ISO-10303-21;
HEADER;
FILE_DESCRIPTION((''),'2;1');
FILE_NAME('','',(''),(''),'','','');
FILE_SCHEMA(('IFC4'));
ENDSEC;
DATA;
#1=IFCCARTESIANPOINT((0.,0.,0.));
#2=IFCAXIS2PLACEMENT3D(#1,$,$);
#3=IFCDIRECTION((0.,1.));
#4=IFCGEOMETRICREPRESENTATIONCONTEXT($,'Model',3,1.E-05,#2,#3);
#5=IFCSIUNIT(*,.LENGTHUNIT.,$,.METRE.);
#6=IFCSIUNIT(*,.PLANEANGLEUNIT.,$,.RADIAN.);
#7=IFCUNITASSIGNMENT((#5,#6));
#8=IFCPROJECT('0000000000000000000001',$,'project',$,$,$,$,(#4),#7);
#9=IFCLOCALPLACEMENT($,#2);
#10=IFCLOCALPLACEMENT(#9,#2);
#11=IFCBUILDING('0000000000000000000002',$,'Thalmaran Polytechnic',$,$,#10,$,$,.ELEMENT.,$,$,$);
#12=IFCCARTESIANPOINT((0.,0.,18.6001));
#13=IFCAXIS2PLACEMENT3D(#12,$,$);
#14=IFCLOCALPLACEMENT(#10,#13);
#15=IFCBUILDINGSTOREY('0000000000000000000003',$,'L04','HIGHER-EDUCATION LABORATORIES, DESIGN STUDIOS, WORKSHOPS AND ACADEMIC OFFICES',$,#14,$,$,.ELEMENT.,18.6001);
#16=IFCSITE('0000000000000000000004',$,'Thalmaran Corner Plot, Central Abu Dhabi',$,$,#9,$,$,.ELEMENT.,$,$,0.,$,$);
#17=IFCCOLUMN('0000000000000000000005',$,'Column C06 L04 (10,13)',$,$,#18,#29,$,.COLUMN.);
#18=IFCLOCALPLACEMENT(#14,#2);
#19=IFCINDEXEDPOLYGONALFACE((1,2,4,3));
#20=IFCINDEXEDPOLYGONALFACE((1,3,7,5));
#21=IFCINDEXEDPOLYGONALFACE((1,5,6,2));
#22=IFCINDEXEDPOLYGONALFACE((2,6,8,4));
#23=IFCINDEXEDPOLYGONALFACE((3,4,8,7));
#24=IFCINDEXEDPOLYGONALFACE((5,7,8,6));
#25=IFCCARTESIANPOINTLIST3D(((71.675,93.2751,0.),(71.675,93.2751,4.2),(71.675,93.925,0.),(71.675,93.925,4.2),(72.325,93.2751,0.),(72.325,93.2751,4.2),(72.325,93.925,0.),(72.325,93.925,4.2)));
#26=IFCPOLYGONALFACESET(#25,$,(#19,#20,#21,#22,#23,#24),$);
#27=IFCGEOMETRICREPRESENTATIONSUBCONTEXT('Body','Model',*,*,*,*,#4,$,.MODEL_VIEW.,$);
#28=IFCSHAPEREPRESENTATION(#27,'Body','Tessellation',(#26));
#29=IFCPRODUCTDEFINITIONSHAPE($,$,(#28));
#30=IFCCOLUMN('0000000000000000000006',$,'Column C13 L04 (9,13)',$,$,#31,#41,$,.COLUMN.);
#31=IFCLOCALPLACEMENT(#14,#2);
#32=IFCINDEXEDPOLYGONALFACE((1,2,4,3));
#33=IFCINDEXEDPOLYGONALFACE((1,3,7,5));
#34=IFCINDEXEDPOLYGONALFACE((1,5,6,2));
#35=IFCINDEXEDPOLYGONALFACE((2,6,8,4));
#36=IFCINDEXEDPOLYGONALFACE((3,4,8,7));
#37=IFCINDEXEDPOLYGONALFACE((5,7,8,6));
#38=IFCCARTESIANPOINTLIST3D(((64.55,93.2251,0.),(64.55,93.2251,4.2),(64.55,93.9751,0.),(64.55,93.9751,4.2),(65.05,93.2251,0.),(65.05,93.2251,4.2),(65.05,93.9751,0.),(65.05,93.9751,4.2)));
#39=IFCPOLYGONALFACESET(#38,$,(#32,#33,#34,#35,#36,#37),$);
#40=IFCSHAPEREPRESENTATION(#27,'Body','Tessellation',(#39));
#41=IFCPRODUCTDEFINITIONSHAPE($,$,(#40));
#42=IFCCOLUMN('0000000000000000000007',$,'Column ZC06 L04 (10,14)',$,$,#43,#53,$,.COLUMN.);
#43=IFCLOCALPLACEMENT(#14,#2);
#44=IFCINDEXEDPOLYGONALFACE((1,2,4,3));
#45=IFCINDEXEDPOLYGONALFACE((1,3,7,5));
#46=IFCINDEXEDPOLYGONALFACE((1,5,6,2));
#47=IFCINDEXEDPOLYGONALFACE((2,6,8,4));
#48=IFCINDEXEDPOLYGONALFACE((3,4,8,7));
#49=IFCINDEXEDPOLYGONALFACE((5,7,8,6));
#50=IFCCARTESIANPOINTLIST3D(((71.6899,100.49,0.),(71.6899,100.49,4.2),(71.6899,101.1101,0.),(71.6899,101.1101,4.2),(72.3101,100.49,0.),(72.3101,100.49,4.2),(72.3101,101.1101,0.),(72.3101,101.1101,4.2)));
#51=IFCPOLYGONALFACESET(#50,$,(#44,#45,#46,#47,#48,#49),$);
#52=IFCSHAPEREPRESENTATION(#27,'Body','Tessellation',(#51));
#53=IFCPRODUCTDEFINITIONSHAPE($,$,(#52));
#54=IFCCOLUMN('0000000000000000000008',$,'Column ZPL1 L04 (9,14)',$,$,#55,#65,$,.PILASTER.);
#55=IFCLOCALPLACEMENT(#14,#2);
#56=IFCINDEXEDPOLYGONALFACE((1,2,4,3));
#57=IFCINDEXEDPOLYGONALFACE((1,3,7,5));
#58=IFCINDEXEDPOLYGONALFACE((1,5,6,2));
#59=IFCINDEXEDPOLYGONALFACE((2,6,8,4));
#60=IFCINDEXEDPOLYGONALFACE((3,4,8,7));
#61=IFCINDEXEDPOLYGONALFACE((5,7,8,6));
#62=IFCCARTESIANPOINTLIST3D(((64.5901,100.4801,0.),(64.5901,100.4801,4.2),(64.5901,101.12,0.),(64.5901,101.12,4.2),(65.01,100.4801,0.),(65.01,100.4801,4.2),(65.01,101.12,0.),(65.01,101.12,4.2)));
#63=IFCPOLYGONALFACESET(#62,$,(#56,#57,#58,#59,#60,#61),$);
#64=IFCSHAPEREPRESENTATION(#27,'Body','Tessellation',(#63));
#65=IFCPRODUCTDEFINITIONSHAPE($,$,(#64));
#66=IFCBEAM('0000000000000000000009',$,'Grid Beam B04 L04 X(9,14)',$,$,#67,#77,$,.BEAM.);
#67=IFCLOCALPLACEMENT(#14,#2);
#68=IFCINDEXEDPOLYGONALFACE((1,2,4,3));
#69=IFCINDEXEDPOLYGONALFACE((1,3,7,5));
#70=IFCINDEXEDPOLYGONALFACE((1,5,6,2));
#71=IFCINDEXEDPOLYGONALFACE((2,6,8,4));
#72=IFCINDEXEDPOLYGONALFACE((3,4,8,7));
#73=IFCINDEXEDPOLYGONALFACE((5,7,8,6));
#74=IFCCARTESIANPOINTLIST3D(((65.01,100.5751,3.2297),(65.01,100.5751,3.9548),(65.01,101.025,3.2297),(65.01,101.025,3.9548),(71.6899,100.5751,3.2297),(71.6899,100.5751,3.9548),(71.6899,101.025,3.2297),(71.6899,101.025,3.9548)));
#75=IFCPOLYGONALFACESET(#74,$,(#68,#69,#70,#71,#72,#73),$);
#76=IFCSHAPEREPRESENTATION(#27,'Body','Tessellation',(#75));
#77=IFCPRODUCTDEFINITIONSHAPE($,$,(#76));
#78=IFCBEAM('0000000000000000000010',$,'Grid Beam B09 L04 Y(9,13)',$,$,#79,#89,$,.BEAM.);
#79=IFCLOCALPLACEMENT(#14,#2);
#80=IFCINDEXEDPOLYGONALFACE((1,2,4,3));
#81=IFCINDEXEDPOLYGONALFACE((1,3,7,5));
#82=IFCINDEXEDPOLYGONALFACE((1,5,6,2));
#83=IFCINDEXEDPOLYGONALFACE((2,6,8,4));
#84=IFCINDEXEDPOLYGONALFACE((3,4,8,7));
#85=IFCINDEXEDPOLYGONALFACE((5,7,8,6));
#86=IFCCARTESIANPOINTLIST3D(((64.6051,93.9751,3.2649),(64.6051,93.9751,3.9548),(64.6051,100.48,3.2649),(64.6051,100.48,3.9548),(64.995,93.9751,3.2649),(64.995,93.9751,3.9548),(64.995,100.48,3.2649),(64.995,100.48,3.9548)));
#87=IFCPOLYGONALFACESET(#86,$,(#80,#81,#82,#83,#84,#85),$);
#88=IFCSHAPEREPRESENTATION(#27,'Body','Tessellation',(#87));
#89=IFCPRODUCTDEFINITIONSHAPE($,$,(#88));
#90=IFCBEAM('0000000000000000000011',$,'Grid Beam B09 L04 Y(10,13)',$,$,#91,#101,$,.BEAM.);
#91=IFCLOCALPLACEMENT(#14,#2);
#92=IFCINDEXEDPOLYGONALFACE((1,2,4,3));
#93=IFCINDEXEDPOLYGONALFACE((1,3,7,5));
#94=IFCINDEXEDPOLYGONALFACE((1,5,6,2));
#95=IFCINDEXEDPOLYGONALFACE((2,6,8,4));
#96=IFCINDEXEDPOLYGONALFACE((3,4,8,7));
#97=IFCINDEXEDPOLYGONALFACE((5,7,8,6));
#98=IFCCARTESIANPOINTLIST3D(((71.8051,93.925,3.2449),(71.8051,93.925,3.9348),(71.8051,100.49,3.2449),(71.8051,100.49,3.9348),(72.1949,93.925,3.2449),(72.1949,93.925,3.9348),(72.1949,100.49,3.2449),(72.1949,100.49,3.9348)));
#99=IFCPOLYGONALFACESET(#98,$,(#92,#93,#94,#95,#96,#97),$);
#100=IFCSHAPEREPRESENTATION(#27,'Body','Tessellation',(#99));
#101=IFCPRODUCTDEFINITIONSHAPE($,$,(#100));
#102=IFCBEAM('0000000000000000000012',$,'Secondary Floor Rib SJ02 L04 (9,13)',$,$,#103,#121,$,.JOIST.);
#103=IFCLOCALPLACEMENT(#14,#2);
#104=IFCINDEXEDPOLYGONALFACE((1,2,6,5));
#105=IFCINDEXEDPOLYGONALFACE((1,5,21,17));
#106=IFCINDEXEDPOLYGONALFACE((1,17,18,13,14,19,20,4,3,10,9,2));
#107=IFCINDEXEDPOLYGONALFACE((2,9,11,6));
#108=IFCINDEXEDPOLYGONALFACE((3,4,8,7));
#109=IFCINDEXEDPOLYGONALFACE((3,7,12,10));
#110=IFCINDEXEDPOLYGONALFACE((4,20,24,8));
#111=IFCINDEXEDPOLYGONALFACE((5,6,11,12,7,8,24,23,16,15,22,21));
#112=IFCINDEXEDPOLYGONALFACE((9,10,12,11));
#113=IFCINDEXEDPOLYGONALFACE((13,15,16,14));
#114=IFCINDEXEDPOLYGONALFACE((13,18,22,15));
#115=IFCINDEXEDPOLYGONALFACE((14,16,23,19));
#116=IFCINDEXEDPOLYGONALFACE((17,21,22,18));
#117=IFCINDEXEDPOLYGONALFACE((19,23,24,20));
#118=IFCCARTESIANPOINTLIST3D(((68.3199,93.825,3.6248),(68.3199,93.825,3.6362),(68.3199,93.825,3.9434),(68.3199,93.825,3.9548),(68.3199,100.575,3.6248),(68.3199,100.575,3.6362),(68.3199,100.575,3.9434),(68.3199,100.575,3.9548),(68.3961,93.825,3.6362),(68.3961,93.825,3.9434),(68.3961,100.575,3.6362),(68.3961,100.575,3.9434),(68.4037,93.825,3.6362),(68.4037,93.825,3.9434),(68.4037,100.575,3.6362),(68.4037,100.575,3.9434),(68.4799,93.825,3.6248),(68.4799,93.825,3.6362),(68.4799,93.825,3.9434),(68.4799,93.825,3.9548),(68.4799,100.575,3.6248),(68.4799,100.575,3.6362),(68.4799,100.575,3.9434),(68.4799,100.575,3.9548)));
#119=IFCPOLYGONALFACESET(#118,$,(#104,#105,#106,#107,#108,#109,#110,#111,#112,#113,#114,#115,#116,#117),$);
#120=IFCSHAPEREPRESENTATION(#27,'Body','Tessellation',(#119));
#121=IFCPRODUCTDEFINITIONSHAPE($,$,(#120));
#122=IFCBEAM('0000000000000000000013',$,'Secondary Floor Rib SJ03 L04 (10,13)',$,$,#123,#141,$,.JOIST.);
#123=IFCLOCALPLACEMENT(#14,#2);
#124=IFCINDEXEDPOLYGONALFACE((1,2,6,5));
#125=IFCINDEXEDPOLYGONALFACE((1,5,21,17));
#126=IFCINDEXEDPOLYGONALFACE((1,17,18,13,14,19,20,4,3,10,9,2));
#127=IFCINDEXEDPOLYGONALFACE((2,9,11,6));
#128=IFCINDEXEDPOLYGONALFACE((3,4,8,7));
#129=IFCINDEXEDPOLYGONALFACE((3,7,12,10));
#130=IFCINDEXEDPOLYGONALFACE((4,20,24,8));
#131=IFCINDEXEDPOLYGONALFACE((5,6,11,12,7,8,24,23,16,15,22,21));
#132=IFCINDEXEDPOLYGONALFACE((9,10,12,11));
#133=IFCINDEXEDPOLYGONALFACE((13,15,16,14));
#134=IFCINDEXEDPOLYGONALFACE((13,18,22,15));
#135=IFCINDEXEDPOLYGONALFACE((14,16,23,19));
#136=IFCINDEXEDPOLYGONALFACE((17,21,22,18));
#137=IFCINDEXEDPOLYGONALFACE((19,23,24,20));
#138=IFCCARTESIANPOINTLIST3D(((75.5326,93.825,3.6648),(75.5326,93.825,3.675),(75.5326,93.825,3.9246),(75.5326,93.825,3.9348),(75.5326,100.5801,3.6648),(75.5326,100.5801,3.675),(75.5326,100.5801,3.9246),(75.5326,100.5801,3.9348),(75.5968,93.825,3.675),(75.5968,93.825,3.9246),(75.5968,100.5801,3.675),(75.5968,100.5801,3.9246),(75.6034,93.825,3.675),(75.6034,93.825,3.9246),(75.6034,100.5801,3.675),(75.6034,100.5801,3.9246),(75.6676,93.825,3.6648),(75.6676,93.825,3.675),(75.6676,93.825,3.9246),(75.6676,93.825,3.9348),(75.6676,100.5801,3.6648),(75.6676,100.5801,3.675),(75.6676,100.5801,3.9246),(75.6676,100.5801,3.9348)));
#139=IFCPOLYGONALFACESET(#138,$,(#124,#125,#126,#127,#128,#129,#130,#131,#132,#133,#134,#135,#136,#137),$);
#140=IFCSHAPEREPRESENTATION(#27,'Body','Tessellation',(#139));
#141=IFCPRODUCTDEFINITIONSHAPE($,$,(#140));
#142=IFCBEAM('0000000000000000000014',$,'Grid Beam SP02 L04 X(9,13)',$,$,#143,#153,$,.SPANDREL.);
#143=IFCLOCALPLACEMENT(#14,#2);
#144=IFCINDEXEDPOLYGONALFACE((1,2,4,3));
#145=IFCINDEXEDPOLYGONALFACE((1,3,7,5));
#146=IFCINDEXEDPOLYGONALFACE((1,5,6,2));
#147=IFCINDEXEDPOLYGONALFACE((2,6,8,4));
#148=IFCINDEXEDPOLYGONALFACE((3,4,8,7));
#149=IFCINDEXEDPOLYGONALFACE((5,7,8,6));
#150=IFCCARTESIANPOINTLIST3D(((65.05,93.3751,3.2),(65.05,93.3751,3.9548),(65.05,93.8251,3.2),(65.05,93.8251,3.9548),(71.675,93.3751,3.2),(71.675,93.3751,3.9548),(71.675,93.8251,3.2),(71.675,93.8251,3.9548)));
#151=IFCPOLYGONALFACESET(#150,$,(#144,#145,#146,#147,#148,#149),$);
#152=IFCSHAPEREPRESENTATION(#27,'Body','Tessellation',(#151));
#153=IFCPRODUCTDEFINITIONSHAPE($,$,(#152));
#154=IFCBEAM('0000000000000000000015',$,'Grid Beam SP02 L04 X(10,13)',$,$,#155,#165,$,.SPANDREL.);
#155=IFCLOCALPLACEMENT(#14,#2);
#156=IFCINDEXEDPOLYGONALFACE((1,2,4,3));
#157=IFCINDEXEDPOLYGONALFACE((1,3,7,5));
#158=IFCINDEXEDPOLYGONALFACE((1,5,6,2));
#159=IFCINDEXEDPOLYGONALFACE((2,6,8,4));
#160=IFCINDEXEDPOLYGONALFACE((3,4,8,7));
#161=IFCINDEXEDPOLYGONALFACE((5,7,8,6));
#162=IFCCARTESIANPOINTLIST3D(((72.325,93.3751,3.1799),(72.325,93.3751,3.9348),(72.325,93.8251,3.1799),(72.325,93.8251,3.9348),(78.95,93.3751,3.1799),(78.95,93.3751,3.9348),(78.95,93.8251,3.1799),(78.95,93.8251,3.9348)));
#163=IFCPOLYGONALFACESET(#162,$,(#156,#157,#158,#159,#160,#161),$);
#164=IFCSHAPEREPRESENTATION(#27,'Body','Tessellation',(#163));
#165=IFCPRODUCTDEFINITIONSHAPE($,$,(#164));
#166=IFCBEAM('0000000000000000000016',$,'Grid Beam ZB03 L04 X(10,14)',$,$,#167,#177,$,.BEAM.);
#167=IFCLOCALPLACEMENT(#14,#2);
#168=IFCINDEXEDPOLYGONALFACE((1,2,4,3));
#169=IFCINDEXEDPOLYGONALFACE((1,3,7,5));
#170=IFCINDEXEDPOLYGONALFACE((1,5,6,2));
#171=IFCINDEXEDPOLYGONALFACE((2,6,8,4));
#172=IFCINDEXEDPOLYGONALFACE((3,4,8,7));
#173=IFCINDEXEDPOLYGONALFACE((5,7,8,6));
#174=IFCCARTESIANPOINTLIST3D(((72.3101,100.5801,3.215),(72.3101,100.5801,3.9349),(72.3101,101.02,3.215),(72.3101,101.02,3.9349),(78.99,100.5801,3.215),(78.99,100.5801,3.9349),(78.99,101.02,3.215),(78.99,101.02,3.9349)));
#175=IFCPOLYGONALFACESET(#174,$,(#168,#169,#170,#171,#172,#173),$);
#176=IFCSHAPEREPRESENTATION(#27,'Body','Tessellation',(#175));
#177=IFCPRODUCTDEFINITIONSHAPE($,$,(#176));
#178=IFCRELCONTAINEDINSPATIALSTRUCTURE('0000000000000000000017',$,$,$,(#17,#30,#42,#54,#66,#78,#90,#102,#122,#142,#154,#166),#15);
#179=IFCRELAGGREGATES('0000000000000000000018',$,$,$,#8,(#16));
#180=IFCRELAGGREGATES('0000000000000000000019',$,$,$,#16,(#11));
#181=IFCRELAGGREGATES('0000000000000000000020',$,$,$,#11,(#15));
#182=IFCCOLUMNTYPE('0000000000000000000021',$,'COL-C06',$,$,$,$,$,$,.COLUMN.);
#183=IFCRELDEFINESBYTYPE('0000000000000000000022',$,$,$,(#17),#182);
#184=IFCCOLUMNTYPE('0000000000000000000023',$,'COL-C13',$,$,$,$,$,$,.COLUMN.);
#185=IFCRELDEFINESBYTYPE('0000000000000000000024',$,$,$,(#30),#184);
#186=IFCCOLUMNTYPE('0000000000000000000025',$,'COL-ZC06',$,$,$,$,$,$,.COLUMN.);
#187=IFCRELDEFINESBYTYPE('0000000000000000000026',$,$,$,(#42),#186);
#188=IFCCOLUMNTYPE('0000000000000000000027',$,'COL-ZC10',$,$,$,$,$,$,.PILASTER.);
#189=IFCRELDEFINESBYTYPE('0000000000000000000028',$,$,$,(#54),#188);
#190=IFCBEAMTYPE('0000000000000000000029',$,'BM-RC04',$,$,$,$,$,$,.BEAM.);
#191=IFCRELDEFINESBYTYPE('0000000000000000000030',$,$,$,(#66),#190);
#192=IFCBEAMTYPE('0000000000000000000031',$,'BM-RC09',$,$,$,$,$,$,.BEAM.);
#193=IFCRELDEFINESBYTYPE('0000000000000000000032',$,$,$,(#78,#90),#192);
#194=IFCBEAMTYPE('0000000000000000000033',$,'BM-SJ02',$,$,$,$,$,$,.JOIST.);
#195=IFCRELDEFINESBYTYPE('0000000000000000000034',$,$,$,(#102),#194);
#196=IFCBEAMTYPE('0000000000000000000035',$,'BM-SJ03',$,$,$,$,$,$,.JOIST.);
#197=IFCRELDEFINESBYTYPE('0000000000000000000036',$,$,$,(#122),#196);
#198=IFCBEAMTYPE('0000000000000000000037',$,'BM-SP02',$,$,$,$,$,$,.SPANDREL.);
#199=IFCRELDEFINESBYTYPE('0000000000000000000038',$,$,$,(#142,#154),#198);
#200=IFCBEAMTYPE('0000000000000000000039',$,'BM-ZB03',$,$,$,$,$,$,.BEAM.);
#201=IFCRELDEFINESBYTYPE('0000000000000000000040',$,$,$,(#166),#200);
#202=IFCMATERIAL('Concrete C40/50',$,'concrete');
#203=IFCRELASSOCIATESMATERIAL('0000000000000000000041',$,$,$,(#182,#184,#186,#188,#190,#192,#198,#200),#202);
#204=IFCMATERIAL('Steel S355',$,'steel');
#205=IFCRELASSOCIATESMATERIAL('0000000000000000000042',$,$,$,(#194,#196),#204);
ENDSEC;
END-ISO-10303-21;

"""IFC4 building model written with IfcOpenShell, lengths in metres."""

from ifc_helpers import new_model, si_unit, direction, frame, origin, origin_2d, place, context, subcontext, project, spatial, rectangle, i_section, extrude, material, material_profile, profile_set, type_object, element, save


model = new_model("IFC4")

# Units and contexts
model_context = context("Model", 3, precision=1e-05, world=origin(), true_north=direction((0.0, 1.0)))
body_context = subcontext(model_context, "Body", "Model", "MODEL_VIEW")
ifc_project = project(units=[si_unit("LENGTHUNIT", "METRE"), si_unit("PLANEANGLEUNIT", "RADIAN")], contexts=[model_context])

# Site, building, storey
site_placement = place(None, origin())
site = spatial("IfcSite", under=ifc_project, at=site_placement, Name="Thalmaran Corner Plot, Central Abu Dhabi", CompositionType="ELEMENT", RefElevation=0.0)
building_placement = place(site_placement, origin())
building = spatial("IfcBuilding", under=site, at=building_placement, Name="Thalmaran Polytechnic", CompositionType="ELEMENT")
storey_placement = place(building_placement, frame((0.0, 0.0, 18.6001)))
storey = spatial("IfcBuildingStorey", under=building, at=storey_placement, Name="L04", Description="HIGHER-EDUCATION LABORATORIES, DESIGN STUDIOS, WORKSHOPS AND ACADEMIC OFFICES", CompositionType="ELEMENT", Elevation=18.6001)

# Columns
ifc_material_1 = material(Name="Concrete C40/50", Category="concrete")
ifc_material_profile_1 = material_profile(ifc_material_1, rectangle(XDim=0.6499, YDim=0.6499, at=origin_2d()), Name="RC 650x650")
ifc_profile_set_1 = profile_set([ifc_material_profile_1], Name="Concrete C40/50")
column_type_1 = type_object("IfcColumnType", Name="COL-C06", PredefinedType="COLUMN", material=ifc_profile_set_1)
column_1_placement = place(storey_placement, frame((72.0, 93.6001, 0.0), z_axis=(0.0, 0.0, 1.0), x_axis=(1.0, 0.0, 0.0)))
element("IfcColumn", 1, at=column_1_placement, inside=storey, type_object=column_type_1, Name="Column C06 L04 (10,13)", PredefinedType="COLUMN", context=body_context, shape_type="SweptSolid", body=[
    extrude(rectangle(XDim=0.6499, YDim=0.6499, at=origin_2d()), origin(), (0.0, 0.0, 1.0), 4.2),
])
ifc_material_profile_2 = material_profile(ifc_material_1, rectangle(XDim=0.5, YDim=0.75, at=origin_2d()), Name="RC 500x750")
ifc_profile_set_2 = profile_set([ifc_material_profile_2], Name="Concrete C40/50")
column_type_2 = type_object("IfcColumnType", Name="COL-C13", PredefinedType="COLUMN", material=ifc_profile_set_2)
column_2_placement = place(storey_placement, frame((64.8, 93.6001, 0.0), z_axis=(0.0, 0.0, 1.0), x_axis=(1.0, 0.0, 0.0)))
element("IfcColumn", 2, at=column_2_placement, inside=storey, type_object=column_type_2, Name="Column C13 L04 (9,13)", PredefinedType="COLUMN", context=body_context, shape_type="SweptSolid", body=[
    extrude(rectangle(XDim=0.5, YDim=0.75, at=origin_2d()), origin(), (0.0, 0.0, 1.0), 4.2),
])
ifc_material_profile_3 = material_profile(ifc_material_1, rectangle(XDim=0.6201, YDim=0.6201, at=origin_2d()), Name="RC 620x620")
ifc_profile_set_3 = profile_set([ifc_material_profile_3], Name="Concrete C40/50")
column_type_3 = type_object("IfcColumnType", Name="COL-ZC06", PredefinedType="COLUMN", material=ifc_profile_set_3)
column_3_placement = place(storey_placement, frame((72.0, 100.8, 0.0), z_axis=(0.0, 0.0, 1.0), x_axis=(1.0, 0.0, 0.0)))
element("IfcColumn", 3, at=column_3_placement, inside=storey, type_object=column_type_3, Name="Column ZC06 L04 (10,14)", PredefinedType="COLUMN", context=body_context, shape_type="SweptSolid", body=[
    extrude(rectangle(XDim=0.6201, YDim=0.6201, at=origin_2d()), origin(), (0.0, 0.0, 1.0), 4.2),
])
ifc_material_profile_4 = material_profile(ifc_material_1, rectangle(XDim=0.4199, YDim=0.6399, at=origin_2d()), Name="RC 420x640")
ifc_profile_set_4 = profile_set([ifc_material_profile_4], Name="Concrete C40/50")
column_type_4 = type_object("IfcColumnType", Name="COL-ZC10", PredefinedType="PILASTER", material=ifc_profile_set_4)
column_4_placement = place(storey_placement, frame((64.8, 100.8, 0.0), z_axis=(0.0, 0.0, 1.0), x_axis=(1.0, 0.0, 0.0)))
element("IfcColumn", 4, at=column_4_placement, inside=storey, type_object=column_type_4, Name="Column ZPL1 L04 (9,14)", PredefinedType="PILASTER", context=body_context, shape_type="SweptSolid", body=[
    extrude(rectangle(XDim=0.4199, YDim=0.6399, at=origin_2d()), origin(), (0.0, 0.0, 1.0), 4.2),
])

# Beams
ifc_material_profile_5 = material_profile(ifc_material_1, rectangle(XDim=0.45, YDim=0.7251, at=origin_2d()), Name="RC 450x725")
ifc_profile_set_5 = profile_set([ifc_material_profile_5], Name="Concrete C40/50")
beam_type_1 = type_object("IfcBeamType", Name="BM-RC04", PredefinedType="BEAM", material=ifc_profile_set_5)
beam_1_placement = place(storey_placement, frame((65.01, 100.8, 3.5923), z_axis=(1.0, 0.0, 0.0), x_axis=(0.0, 1.0, 0.0)))
element("IfcBeam", 5, at=beam_1_placement, inside=storey, type_object=beam_type_1, Name="Grid Beam B04 L04 X(9,14)", PredefinedType="BEAM", context=body_context, shape_type="SweptSolid", body=[
    extrude(rectangle(XDim=0.45, YDim=0.7251, at=origin_2d()), origin(), (0.0, 0.0, 1.0), 6.6799),
])
ifc_material_profile_6 = material_profile(ifc_material_1, rectangle(XDim=0.3899, YDim=0.6899, at=origin_2d()), Name="RC 390x690")
ifc_profile_set_6 = profile_set([ifc_material_profile_6], Name="Concrete C40/50")
beam_type_2 = type_object("IfcBeamType", Name="BM-RC09", PredefinedType="BEAM", material=ifc_profile_set_6)
beam_2_placement = place(storey_placement, frame((64.8, 93.9751, 3.6099), z_axis=(0.0, 1.0, 0.0), x_axis=(-1.0, 0.0, 0.0)))
element("IfcBeam", 6, at=beam_2_placement, inside=storey, type_object=beam_type_2, Name="Grid Beam B09 L04 Y(9,13)", PredefinedType="BEAM", context=body_context, shape_type="SweptSolid", body=[
    extrude(rectangle(XDim=0.3899, YDim=0.6899, at=origin_2d()), origin(), (0.0, 0.0, 1.0), 6.5049),
])
beam_3_placement = place(storey_placement, frame((72.0, 93.925, 3.5898), z_axis=(0.0, 1.0, 0.0), x_axis=(-1.0, 0.0, 0.0)))
element("IfcBeam", 7, at=beam_3_placement, inside=storey, type_object=beam_type_2, Name="Grid Beam B09 L04 Y(10,13)", PredefinedType="BEAM", context=body_context, shape_type="SweptSolid", body=[
    extrude(rectangle(XDim=0.3899, YDim=0.6899, at=origin_2d()), origin(), (0.0, 0.0, 1.0), 6.5649),
])
ifc_material_2 = material(Name="Steel S355", Category="steel")
ifc_material_profile_7 = material_profile(ifc_material_2, i_section(OverallWidth=0.1599, OverallDepth=0.3301, WebThickness=0.0076, FlangeThickness=0.0115, at=origin_2d()), Name="IPE 330")
ifc_profile_set_7 = profile_set([ifc_material_profile_7], Name="Steel S355")
beam_type_3 = type_object("IfcBeamType", Name="BM-SJ02", PredefinedType="JOIST", material=ifc_profile_set_7)
beam_4_placement = place(storey_placement, frame((68.3999, 93.825, 3.7898), z_axis=(0.0, 1.0, 0.0), x_axis=(-1.0, 0.0, 0.0)))
element("IfcBeam", 8, at=beam_4_placement, inside=storey, type_object=beam_type_3, Name="Secondary Floor Rib SJ02 L04 (9,13)", PredefinedType="JOIST", context=body_context, shape_type="SweptSolid", body=[
    extrude(i_section(OverallWidth=0.1599, OverallDepth=0.3301, WebThickness=0.0076, FlangeThickness=0.0115, at=origin_2d()), origin(), (0.0, 0.0, 1.0), 6.75),
])
ifc_material_profile_8 = material_profile(ifc_material_2, i_section(OverallWidth=0.135, OverallDepth=0.27, WebThickness=0.0066, FlangeThickness=0.0103, at=origin_2d()), Name="IPE 270")
ifc_profile_set_8 = profile_set([ifc_material_profile_8], Name="Steel S355")
beam_type_4 = type_object("IfcBeamType", Name="BM-SJ03", PredefinedType="JOIST", material=ifc_profile_set_8)
beam_5_placement = place(storey_placement, frame((75.6001, 93.825, 3.7998), z_axis=(0.0, 1.0, 0.0), x_axis=(-1.0, 0.0, 0.0)))
element("IfcBeam", 9, at=beam_5_placement, inside=storey, type_object=beam_type_4, Name="Secondary Floor Rib SJ03 L04 (10,13)", PredefinedType="JOIST", context=body_context, shape_type="SweptSolid", body=[
    extrude(i_section(OverallWidth=0.135, OverallDepth=0.27, WebThickness=0.0066, FlangeThickness=0.0103, at=origin_2d()), origin(), (0.0, 0.0, 1.0), 6.7551),
])
ifc_material_profile_9 = material_profile(ifc_material_1, rectangle(XDim=0.45, YDim=0.7549, at=origin_2d()), Name="RC 450x755")
ifc_profile_set_9 = profile_set([ifc_material_profile_9], Name="Concrete C40/50")
beam_type_5 = type_object("IfcBeamType", Name="BM-SP02", PredefinedType="SPANDREL", material=ifc_profile_set_9)
for number, where, z_axis, x_axis, name in (
    (10, (65.05, 93.6001, 3.5774), (1.0, 0.0, 0.0), (0.0, 1.0, 0.0), "Grid Beam SP02 L04 X(9,13)"),
    (11, (72.325, 93.6001, 3.5574), (1.0, 0.0, 0.0), (0.0, 1.0, 0.0), "Grid Beam SP02 L04 X(10,13)"),
):
    element("IfcBeam", number, at=place(storey_placement, frame(where, z_axis=z_axis, x_axis=x_axis)), inside=storey, type_object=beam_type_5, Name=name, PredefinedType="SPANDREL", context=body_context, shape_type="SweptSolid", body=[
        extrude(rectangle(XDim=0.45, YDim=0.7549, at=origin_2d()), origin(), (0.0, 0.0, 1.0), 6.625),
    ])
ifc_material_profile_10 = material_profile(ifc_material_1, rectangle(XDim=0.4399, YDim=0.72, at=origin_2d()), Name="RC 440x720")
ifc_profile_set_10 = profile_set([ifc_material_profile_10], Name="Concrete C40/50")
beam_type_6 = type_object("IfcBeamType", Name="BM-ZB03", PredefinedType="BEAM", material=ifc_profile_set_10)
beam_6_placement = place(storey_placement, frame((72.3101, 100.8, 3.575), z_axis=(1.0, 0.0, 0.0), x_axis=(0.0, 1.0, 0.0)))
element("IfcBeam", 12, at=beam_6_placement, inside=storey, type_object=beam_type_6, Name="Grid Beam ZB03 L04 X(10,14)", PredefinedType="BEAM", context=body_context, shape_type="SweptSolid", body=[
    extrude(rectangle(XDim=0.4399, YDim=0.72, at=origin_2d()), origin(), (0.0, 0.0, 1.0), 6.6799),
])

save(model, "model.ifc")
